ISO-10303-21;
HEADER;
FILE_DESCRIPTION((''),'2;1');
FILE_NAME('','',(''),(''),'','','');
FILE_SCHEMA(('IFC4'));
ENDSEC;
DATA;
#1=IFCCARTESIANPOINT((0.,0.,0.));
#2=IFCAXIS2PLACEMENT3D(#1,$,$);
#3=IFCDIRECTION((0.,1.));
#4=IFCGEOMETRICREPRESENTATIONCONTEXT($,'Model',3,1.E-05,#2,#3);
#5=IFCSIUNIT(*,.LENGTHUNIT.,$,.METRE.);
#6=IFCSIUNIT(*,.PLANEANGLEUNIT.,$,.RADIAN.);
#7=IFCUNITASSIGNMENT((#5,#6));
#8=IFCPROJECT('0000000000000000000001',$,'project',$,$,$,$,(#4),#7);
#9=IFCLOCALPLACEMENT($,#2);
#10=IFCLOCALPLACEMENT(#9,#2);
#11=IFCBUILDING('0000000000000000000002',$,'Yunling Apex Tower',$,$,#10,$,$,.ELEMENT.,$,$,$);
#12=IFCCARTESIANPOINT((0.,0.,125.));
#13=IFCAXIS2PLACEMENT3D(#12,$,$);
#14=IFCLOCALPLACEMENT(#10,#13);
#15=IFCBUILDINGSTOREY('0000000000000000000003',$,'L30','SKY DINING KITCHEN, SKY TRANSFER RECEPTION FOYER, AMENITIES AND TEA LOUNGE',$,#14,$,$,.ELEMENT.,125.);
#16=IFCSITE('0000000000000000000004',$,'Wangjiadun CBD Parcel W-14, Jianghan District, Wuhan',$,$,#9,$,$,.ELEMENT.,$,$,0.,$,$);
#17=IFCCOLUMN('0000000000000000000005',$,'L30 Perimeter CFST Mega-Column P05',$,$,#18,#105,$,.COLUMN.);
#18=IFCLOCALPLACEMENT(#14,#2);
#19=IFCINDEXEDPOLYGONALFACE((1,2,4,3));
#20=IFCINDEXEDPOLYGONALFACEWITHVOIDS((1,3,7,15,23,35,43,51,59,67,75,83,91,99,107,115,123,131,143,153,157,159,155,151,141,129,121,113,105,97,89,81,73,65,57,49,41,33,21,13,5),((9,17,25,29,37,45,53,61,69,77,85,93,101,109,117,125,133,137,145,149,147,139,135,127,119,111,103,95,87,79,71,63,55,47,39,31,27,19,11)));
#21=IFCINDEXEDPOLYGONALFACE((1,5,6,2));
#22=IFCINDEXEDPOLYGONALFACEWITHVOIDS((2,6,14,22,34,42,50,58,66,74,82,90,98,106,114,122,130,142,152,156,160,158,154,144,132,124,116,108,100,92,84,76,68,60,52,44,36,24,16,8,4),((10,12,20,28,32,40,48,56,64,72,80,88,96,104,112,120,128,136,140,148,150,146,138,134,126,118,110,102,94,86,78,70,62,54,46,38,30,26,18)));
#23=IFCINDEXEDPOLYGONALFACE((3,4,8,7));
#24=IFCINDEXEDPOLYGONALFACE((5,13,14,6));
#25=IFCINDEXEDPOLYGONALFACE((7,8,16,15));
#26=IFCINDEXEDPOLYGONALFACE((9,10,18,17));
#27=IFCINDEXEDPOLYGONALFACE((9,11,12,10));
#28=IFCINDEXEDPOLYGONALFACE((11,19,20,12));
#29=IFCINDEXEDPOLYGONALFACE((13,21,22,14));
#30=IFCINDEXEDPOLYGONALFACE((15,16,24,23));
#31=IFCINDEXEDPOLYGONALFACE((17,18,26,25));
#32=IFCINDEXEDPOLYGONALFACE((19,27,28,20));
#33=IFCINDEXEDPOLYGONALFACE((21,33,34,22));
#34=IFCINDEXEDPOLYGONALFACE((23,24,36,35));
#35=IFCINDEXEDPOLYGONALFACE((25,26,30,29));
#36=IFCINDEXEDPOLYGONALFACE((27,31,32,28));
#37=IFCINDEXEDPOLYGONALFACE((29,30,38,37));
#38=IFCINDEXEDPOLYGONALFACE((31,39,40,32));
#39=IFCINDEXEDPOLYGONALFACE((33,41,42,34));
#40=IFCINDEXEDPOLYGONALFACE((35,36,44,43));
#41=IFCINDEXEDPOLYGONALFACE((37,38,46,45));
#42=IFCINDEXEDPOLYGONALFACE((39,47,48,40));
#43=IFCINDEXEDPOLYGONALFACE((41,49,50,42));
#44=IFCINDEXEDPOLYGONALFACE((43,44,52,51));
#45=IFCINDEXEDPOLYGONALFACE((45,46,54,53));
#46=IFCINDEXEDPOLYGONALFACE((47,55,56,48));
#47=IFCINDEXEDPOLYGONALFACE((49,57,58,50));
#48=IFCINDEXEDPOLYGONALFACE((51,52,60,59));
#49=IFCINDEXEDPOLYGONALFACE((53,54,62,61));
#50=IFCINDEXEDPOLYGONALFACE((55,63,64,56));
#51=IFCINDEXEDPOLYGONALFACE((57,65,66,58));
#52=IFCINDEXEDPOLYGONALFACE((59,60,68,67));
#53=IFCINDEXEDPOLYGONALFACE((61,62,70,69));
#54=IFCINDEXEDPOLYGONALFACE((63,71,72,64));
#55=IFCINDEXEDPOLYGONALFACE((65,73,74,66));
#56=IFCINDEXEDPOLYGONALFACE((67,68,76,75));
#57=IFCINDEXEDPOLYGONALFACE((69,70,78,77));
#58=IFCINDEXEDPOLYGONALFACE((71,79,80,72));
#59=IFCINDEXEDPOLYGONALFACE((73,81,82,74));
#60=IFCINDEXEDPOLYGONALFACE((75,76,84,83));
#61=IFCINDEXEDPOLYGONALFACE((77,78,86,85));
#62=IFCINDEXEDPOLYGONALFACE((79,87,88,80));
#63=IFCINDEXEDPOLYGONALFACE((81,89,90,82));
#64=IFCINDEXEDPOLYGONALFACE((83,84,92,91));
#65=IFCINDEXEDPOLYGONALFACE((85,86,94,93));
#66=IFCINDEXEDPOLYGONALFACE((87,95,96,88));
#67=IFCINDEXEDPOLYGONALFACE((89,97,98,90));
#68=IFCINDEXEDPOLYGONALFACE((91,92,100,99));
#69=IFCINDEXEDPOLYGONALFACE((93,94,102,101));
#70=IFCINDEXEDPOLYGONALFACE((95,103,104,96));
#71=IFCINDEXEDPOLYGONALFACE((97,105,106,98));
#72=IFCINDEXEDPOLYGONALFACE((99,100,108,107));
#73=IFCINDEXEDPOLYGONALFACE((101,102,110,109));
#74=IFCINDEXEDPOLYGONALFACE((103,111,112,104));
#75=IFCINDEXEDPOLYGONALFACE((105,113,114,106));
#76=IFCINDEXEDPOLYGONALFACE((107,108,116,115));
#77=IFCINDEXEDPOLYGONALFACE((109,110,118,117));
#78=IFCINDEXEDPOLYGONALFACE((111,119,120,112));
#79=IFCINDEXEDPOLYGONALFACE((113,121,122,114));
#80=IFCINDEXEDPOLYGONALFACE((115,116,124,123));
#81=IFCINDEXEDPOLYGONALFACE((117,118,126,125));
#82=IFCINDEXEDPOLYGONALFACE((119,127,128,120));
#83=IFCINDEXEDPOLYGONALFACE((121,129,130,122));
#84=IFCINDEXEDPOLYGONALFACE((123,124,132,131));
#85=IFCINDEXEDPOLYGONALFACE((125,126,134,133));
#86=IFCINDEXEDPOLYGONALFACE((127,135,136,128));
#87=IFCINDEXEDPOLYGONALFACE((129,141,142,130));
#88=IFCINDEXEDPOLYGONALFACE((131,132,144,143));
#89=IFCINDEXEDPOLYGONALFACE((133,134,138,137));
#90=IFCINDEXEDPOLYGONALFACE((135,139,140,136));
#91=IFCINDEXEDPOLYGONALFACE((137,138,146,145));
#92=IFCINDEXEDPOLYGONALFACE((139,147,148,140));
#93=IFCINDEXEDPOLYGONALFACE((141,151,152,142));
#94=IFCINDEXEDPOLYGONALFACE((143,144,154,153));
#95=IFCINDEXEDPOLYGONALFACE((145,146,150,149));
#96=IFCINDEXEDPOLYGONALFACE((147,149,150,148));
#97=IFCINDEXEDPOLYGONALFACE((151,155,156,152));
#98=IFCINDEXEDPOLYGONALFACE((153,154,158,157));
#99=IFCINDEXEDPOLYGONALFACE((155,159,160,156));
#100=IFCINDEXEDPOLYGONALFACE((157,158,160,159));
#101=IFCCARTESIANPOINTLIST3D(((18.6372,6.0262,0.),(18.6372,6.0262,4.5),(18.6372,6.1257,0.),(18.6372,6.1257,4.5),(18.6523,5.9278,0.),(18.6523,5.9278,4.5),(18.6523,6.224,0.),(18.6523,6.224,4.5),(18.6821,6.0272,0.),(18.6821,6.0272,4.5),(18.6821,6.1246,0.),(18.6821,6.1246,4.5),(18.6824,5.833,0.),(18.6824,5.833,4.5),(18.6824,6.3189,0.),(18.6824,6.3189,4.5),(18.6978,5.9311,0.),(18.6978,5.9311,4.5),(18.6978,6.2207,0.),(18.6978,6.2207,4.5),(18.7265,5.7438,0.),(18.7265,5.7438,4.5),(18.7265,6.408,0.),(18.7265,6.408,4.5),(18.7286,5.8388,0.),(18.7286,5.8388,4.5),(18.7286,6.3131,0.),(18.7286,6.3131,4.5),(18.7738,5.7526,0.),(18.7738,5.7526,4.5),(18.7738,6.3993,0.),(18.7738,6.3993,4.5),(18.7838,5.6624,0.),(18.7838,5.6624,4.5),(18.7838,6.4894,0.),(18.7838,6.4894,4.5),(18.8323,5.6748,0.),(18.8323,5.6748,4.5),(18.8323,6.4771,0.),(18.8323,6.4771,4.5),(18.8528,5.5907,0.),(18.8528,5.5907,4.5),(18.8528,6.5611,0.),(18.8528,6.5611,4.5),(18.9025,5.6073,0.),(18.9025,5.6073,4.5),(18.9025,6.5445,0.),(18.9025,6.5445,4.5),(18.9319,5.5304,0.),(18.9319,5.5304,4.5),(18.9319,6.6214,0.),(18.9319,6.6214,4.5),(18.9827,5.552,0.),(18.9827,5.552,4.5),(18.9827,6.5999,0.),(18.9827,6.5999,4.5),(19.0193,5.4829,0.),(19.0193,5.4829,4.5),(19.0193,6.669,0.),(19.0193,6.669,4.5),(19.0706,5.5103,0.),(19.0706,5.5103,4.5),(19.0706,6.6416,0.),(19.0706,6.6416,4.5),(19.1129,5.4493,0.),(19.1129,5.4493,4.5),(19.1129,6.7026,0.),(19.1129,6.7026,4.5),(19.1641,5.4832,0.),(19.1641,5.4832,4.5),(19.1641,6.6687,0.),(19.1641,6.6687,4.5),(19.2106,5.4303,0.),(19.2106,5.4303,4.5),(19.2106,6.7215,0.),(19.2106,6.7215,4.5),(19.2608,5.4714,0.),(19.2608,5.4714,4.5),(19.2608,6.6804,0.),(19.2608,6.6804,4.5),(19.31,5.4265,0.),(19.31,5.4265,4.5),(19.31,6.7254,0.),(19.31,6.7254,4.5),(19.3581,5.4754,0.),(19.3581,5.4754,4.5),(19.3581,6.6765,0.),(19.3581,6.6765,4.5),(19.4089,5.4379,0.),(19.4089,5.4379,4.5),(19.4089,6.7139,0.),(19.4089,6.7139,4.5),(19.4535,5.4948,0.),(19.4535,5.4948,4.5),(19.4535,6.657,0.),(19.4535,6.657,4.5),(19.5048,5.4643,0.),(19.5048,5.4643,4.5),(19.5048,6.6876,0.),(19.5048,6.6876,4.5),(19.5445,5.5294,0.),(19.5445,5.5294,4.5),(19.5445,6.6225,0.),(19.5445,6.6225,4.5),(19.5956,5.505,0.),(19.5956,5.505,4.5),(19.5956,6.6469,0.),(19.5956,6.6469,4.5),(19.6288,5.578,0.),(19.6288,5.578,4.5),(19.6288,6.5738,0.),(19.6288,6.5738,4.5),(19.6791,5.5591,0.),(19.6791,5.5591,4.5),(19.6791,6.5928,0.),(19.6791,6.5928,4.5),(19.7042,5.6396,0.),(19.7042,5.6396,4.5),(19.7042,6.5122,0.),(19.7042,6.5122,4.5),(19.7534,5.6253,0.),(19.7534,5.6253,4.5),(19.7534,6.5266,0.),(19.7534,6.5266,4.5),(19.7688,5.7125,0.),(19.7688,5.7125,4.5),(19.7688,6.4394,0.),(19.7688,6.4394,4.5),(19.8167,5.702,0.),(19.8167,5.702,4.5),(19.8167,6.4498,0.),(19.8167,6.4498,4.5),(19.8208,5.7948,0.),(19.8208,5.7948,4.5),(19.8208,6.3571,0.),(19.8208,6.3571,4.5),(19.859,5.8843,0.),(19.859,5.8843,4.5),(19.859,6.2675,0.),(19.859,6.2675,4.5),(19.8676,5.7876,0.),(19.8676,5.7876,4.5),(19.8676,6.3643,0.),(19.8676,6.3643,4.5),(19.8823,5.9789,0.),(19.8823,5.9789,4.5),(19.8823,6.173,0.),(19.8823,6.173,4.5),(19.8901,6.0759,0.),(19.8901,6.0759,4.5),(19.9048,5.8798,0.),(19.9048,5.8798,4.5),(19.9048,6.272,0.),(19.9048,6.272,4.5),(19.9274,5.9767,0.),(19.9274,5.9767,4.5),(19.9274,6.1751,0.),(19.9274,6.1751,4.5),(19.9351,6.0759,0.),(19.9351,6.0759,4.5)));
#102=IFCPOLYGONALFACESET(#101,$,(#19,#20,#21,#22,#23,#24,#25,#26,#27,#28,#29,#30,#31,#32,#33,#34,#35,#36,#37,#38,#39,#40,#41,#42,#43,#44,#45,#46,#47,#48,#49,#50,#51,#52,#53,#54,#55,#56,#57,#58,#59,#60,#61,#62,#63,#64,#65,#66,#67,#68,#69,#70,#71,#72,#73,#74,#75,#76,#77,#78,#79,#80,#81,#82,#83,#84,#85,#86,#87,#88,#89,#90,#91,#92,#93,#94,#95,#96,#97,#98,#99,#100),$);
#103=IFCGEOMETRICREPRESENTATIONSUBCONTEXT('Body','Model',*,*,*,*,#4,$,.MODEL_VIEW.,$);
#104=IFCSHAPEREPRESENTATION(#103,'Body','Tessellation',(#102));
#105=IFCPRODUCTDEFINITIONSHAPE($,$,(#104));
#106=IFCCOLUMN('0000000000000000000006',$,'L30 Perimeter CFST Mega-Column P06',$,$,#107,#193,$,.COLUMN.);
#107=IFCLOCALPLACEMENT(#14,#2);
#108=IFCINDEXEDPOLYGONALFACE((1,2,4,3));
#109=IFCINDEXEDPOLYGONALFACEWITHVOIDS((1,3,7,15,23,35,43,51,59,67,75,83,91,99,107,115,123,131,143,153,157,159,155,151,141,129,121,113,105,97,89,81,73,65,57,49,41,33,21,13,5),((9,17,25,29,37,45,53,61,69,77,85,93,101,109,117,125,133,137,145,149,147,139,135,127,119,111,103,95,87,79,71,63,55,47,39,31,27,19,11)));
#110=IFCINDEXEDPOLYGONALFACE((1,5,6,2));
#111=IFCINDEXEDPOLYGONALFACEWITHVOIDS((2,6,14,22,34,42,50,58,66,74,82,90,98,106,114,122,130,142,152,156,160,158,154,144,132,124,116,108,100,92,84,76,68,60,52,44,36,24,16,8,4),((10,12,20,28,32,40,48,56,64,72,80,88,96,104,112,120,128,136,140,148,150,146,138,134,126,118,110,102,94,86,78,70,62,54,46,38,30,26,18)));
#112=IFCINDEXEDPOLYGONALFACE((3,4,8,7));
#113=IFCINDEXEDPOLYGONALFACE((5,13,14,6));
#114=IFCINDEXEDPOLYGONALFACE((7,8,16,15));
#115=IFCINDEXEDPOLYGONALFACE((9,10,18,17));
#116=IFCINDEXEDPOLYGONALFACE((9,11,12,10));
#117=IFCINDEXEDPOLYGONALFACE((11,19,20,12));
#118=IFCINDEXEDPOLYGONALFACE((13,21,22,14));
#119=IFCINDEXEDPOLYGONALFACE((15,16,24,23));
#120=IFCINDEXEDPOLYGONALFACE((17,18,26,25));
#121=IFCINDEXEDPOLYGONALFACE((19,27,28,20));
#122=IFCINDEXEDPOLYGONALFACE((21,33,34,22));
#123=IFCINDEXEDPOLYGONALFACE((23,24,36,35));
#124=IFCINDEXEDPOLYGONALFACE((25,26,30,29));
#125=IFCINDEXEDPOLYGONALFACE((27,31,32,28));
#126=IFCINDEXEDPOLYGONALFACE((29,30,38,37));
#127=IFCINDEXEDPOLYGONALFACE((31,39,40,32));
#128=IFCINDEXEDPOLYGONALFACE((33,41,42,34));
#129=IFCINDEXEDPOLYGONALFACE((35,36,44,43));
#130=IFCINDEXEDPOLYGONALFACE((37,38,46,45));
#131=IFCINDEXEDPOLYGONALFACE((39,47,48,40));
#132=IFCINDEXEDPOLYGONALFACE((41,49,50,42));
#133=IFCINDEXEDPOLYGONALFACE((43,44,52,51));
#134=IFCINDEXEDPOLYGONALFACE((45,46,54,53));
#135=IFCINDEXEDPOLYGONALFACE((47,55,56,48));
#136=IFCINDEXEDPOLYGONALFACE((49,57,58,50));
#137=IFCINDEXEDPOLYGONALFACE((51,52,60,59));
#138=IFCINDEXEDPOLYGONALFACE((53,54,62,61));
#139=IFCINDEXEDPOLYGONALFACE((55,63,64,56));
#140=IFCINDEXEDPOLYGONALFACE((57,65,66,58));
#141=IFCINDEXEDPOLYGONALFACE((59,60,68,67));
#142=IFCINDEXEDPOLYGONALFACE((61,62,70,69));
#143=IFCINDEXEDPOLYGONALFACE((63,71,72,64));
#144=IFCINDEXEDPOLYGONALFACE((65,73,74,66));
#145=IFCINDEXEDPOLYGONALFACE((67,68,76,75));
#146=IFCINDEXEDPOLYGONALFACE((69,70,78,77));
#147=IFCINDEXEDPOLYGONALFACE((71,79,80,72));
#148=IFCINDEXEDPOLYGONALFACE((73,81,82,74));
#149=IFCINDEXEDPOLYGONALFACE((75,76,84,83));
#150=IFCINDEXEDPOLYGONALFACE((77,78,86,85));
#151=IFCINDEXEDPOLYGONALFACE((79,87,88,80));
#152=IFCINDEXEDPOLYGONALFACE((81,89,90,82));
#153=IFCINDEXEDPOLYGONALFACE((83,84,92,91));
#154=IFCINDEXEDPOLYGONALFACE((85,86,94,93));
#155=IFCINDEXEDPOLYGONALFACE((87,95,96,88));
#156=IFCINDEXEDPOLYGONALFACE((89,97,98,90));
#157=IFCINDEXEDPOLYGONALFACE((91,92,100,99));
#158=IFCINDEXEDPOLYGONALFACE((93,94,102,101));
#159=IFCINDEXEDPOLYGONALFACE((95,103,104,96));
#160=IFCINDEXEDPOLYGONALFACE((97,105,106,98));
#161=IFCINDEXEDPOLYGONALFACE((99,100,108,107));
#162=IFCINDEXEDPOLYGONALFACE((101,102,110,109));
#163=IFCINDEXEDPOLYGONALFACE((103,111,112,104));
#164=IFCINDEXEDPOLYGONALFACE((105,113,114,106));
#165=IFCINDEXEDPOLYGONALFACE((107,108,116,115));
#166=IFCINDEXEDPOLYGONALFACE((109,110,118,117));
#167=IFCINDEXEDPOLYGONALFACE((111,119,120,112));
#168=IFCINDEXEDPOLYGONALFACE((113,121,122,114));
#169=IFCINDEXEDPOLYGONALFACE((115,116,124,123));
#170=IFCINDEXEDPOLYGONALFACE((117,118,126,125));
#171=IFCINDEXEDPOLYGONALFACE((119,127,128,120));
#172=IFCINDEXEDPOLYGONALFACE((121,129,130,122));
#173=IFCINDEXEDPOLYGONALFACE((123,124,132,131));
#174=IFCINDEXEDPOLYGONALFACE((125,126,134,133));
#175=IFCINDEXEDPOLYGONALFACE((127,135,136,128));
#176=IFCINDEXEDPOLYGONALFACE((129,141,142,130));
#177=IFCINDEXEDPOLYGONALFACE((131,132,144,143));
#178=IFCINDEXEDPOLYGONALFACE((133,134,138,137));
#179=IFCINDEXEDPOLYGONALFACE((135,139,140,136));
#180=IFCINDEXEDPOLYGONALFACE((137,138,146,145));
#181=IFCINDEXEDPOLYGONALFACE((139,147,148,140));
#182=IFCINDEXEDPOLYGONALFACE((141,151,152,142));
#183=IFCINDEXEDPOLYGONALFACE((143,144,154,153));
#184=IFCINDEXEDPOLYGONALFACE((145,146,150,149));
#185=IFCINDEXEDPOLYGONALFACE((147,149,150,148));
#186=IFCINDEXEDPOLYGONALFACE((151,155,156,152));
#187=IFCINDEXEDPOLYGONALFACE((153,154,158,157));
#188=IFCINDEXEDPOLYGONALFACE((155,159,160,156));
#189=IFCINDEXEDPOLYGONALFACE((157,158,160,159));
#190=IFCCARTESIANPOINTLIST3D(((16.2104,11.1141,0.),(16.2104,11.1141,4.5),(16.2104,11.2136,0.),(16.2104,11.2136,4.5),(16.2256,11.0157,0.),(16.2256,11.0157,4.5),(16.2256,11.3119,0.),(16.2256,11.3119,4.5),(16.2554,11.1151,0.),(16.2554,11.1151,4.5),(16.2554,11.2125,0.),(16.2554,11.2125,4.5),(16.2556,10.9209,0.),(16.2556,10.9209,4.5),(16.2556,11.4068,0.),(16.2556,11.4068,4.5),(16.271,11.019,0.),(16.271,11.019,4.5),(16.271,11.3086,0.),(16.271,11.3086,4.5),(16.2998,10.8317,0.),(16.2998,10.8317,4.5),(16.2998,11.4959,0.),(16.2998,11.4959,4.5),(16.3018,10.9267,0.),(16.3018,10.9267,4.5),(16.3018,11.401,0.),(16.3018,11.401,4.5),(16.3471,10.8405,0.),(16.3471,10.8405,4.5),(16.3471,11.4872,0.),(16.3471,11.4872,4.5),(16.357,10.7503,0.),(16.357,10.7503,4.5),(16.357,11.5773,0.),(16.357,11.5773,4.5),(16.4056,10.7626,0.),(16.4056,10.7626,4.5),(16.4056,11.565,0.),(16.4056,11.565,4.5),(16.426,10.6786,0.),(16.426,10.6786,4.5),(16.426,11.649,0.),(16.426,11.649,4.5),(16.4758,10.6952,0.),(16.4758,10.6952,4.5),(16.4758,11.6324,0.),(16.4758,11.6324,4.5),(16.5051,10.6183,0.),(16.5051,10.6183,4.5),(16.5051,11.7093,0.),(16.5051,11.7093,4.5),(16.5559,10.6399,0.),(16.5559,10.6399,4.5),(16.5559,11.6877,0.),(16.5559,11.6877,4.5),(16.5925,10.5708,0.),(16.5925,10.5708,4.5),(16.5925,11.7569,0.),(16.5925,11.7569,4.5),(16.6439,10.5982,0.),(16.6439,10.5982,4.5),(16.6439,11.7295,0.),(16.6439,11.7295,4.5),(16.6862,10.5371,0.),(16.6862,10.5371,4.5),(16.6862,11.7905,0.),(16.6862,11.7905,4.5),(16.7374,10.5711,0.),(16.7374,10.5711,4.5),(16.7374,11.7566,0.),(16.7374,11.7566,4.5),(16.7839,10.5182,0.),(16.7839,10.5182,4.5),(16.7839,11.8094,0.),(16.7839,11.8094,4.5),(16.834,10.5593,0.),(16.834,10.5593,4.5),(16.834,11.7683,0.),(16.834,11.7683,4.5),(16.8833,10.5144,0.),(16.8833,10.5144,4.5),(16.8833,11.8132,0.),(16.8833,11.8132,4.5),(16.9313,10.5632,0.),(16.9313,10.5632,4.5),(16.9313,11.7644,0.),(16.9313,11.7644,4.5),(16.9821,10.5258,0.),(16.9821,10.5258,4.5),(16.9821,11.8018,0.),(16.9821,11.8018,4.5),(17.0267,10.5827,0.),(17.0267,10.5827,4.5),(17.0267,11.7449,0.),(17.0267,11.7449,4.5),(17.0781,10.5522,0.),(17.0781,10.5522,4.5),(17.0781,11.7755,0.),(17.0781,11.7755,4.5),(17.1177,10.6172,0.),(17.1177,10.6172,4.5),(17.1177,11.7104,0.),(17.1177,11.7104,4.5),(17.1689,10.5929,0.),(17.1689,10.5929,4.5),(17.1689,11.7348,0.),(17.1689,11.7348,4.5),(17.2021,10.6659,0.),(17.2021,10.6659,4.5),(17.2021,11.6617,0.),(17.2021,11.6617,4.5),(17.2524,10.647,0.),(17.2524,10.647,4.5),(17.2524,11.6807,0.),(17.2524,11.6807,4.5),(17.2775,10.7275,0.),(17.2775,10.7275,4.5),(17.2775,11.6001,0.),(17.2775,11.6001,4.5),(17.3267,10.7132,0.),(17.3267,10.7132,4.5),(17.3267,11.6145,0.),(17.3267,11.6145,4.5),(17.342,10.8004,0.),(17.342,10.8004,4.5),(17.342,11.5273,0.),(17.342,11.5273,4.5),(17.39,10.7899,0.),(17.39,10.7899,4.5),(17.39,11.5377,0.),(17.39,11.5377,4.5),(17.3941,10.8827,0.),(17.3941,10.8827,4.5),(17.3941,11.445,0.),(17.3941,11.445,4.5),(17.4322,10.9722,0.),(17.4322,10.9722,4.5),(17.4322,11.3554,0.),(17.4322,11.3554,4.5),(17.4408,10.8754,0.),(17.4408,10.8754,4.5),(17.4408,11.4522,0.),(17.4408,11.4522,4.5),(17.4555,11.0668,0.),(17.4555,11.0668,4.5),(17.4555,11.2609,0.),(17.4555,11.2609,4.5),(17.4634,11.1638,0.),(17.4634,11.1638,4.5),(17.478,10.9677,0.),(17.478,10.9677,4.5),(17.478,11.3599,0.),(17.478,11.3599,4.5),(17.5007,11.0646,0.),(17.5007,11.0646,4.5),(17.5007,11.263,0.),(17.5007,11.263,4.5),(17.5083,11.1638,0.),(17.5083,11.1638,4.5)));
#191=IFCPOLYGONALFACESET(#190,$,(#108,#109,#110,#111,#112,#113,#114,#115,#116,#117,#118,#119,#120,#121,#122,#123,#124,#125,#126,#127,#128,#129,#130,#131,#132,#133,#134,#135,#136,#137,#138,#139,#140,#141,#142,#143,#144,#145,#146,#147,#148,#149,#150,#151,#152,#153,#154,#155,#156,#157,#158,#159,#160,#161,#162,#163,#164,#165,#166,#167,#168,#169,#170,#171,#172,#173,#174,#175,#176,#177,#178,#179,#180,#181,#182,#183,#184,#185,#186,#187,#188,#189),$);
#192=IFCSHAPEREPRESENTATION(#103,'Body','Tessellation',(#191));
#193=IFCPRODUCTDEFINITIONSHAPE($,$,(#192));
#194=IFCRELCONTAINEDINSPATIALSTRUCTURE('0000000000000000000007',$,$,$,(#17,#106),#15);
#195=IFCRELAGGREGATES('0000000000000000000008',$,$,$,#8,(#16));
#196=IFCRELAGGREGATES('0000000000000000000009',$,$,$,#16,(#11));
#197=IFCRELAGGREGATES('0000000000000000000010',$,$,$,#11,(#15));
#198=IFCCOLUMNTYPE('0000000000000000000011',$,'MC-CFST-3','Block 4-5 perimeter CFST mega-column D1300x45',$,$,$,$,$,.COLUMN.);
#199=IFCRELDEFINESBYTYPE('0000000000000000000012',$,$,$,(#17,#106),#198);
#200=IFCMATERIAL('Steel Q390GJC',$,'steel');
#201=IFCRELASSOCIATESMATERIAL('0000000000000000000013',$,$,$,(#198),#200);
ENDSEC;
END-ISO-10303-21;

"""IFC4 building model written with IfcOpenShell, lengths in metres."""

from ifc_helpers import new_model, si_unit, direction, frame, origin, origin_2d, place, context, subcontext, project, spatial, hollow_circle, extrude, source, transform, mapped, material, material_profile, profile_set, type_object, element, save


model = new_model("IFC4")

# Units and contexts
model_context = context("Model", 3, precision=1e-05, world=origin(), true_north=direction((0.0, 1.0)))
body_context = subcontext(model_context, "Body", "Model", "MODEL_VIEW")
ifc_project = project(units=[si_unit("LENGTHUNIT", "METRE"), si_unit("PLANEANGLEUNIT", "RADIAN")], contexts=[model_context])

# Site, building, storey
site_placement = place(None, origin())
site = spatial("IfcSite", under=ifc_project, at=site_placement, Name="Wangjiadun CBD Parcel W-14, Jianghan District, Wuhan", CompositionType="ELEMENT", RefElevation=0.0)
building_placement = place(site_placement, origin())
building = spatial("IfcBuilding", under=site, at=building_placement, Name="Yunling Apex Tower", CompositionType="ELEMENT")
storey_placement = place(building_placement, frame((0.0, 0.0, 125.0)))
storey = spatial("IfcBuildingStorey", under=building, at=storey_placement, Name="L30", Description="SKY DINING KITCHEN, SKY TRANSFER RECEPTION FOYER, AMENITIES AND TEA LOUNGE", CompositionType="ELEMENT", Elevation=125.0)

# Columns
ifc_material_1 = material(Name="Steel Q390GJC", Category="steel")
ifc_material_profile_1 = material_profile(ifc_material_1, hollow_circle(Radius=0.6499, WallThickness=0.0449, at=origin_2d()))
ifc_profile_set_1 = profile_set([ifc_material_profile_1], Name="Steel Q390GJC")
column_type_1 = type_object("IfcColumnType", Name="MC-CFST-3", Description="Block 4-5 perimeter CFST mega-column D1300x45", PredefinedType="COLUMN", material=ifc_profile_set_1)
shared_shape_1 = source(origin(), body_context, "Body", "SweptSolid", [
    extrude(hollow_circle(Radius=0.6499, WallThickness=0.0449, at=origin_2d()), origin(), (0.0, 0.0, 1.0), 4.5),
])
for number, where, z_axis, x_axis, name in (
    (1, (19.2852, 6.0759, 0.0), (0.0, 0.0, 1.0), (1.0, 0.0, 0.0), "L30 Perimeter CFST Mega-Column P05"),
    (2, (16.8584, 11.1638, 0.0), (0.0, 0.0, 1.0), (1.0, 0.0, 0.0), "L30 Perimeter CFST Mega-Column P06"),
):
    element("IfcColumn", number, at=place(storey_placement, frame(where, z_axis=z_axis, x_axis=x_axis)), inside=storey, type_object=column_type_1, Name=name, PredefinedType="COLUMN", context=body_context, shape_type="MappedRepresentation", body=[
        mapped(shared_shape_1, transform((0.0, 0.0, 0.0), scale=1.0)),
    ])

save(model, "model.ifc")
